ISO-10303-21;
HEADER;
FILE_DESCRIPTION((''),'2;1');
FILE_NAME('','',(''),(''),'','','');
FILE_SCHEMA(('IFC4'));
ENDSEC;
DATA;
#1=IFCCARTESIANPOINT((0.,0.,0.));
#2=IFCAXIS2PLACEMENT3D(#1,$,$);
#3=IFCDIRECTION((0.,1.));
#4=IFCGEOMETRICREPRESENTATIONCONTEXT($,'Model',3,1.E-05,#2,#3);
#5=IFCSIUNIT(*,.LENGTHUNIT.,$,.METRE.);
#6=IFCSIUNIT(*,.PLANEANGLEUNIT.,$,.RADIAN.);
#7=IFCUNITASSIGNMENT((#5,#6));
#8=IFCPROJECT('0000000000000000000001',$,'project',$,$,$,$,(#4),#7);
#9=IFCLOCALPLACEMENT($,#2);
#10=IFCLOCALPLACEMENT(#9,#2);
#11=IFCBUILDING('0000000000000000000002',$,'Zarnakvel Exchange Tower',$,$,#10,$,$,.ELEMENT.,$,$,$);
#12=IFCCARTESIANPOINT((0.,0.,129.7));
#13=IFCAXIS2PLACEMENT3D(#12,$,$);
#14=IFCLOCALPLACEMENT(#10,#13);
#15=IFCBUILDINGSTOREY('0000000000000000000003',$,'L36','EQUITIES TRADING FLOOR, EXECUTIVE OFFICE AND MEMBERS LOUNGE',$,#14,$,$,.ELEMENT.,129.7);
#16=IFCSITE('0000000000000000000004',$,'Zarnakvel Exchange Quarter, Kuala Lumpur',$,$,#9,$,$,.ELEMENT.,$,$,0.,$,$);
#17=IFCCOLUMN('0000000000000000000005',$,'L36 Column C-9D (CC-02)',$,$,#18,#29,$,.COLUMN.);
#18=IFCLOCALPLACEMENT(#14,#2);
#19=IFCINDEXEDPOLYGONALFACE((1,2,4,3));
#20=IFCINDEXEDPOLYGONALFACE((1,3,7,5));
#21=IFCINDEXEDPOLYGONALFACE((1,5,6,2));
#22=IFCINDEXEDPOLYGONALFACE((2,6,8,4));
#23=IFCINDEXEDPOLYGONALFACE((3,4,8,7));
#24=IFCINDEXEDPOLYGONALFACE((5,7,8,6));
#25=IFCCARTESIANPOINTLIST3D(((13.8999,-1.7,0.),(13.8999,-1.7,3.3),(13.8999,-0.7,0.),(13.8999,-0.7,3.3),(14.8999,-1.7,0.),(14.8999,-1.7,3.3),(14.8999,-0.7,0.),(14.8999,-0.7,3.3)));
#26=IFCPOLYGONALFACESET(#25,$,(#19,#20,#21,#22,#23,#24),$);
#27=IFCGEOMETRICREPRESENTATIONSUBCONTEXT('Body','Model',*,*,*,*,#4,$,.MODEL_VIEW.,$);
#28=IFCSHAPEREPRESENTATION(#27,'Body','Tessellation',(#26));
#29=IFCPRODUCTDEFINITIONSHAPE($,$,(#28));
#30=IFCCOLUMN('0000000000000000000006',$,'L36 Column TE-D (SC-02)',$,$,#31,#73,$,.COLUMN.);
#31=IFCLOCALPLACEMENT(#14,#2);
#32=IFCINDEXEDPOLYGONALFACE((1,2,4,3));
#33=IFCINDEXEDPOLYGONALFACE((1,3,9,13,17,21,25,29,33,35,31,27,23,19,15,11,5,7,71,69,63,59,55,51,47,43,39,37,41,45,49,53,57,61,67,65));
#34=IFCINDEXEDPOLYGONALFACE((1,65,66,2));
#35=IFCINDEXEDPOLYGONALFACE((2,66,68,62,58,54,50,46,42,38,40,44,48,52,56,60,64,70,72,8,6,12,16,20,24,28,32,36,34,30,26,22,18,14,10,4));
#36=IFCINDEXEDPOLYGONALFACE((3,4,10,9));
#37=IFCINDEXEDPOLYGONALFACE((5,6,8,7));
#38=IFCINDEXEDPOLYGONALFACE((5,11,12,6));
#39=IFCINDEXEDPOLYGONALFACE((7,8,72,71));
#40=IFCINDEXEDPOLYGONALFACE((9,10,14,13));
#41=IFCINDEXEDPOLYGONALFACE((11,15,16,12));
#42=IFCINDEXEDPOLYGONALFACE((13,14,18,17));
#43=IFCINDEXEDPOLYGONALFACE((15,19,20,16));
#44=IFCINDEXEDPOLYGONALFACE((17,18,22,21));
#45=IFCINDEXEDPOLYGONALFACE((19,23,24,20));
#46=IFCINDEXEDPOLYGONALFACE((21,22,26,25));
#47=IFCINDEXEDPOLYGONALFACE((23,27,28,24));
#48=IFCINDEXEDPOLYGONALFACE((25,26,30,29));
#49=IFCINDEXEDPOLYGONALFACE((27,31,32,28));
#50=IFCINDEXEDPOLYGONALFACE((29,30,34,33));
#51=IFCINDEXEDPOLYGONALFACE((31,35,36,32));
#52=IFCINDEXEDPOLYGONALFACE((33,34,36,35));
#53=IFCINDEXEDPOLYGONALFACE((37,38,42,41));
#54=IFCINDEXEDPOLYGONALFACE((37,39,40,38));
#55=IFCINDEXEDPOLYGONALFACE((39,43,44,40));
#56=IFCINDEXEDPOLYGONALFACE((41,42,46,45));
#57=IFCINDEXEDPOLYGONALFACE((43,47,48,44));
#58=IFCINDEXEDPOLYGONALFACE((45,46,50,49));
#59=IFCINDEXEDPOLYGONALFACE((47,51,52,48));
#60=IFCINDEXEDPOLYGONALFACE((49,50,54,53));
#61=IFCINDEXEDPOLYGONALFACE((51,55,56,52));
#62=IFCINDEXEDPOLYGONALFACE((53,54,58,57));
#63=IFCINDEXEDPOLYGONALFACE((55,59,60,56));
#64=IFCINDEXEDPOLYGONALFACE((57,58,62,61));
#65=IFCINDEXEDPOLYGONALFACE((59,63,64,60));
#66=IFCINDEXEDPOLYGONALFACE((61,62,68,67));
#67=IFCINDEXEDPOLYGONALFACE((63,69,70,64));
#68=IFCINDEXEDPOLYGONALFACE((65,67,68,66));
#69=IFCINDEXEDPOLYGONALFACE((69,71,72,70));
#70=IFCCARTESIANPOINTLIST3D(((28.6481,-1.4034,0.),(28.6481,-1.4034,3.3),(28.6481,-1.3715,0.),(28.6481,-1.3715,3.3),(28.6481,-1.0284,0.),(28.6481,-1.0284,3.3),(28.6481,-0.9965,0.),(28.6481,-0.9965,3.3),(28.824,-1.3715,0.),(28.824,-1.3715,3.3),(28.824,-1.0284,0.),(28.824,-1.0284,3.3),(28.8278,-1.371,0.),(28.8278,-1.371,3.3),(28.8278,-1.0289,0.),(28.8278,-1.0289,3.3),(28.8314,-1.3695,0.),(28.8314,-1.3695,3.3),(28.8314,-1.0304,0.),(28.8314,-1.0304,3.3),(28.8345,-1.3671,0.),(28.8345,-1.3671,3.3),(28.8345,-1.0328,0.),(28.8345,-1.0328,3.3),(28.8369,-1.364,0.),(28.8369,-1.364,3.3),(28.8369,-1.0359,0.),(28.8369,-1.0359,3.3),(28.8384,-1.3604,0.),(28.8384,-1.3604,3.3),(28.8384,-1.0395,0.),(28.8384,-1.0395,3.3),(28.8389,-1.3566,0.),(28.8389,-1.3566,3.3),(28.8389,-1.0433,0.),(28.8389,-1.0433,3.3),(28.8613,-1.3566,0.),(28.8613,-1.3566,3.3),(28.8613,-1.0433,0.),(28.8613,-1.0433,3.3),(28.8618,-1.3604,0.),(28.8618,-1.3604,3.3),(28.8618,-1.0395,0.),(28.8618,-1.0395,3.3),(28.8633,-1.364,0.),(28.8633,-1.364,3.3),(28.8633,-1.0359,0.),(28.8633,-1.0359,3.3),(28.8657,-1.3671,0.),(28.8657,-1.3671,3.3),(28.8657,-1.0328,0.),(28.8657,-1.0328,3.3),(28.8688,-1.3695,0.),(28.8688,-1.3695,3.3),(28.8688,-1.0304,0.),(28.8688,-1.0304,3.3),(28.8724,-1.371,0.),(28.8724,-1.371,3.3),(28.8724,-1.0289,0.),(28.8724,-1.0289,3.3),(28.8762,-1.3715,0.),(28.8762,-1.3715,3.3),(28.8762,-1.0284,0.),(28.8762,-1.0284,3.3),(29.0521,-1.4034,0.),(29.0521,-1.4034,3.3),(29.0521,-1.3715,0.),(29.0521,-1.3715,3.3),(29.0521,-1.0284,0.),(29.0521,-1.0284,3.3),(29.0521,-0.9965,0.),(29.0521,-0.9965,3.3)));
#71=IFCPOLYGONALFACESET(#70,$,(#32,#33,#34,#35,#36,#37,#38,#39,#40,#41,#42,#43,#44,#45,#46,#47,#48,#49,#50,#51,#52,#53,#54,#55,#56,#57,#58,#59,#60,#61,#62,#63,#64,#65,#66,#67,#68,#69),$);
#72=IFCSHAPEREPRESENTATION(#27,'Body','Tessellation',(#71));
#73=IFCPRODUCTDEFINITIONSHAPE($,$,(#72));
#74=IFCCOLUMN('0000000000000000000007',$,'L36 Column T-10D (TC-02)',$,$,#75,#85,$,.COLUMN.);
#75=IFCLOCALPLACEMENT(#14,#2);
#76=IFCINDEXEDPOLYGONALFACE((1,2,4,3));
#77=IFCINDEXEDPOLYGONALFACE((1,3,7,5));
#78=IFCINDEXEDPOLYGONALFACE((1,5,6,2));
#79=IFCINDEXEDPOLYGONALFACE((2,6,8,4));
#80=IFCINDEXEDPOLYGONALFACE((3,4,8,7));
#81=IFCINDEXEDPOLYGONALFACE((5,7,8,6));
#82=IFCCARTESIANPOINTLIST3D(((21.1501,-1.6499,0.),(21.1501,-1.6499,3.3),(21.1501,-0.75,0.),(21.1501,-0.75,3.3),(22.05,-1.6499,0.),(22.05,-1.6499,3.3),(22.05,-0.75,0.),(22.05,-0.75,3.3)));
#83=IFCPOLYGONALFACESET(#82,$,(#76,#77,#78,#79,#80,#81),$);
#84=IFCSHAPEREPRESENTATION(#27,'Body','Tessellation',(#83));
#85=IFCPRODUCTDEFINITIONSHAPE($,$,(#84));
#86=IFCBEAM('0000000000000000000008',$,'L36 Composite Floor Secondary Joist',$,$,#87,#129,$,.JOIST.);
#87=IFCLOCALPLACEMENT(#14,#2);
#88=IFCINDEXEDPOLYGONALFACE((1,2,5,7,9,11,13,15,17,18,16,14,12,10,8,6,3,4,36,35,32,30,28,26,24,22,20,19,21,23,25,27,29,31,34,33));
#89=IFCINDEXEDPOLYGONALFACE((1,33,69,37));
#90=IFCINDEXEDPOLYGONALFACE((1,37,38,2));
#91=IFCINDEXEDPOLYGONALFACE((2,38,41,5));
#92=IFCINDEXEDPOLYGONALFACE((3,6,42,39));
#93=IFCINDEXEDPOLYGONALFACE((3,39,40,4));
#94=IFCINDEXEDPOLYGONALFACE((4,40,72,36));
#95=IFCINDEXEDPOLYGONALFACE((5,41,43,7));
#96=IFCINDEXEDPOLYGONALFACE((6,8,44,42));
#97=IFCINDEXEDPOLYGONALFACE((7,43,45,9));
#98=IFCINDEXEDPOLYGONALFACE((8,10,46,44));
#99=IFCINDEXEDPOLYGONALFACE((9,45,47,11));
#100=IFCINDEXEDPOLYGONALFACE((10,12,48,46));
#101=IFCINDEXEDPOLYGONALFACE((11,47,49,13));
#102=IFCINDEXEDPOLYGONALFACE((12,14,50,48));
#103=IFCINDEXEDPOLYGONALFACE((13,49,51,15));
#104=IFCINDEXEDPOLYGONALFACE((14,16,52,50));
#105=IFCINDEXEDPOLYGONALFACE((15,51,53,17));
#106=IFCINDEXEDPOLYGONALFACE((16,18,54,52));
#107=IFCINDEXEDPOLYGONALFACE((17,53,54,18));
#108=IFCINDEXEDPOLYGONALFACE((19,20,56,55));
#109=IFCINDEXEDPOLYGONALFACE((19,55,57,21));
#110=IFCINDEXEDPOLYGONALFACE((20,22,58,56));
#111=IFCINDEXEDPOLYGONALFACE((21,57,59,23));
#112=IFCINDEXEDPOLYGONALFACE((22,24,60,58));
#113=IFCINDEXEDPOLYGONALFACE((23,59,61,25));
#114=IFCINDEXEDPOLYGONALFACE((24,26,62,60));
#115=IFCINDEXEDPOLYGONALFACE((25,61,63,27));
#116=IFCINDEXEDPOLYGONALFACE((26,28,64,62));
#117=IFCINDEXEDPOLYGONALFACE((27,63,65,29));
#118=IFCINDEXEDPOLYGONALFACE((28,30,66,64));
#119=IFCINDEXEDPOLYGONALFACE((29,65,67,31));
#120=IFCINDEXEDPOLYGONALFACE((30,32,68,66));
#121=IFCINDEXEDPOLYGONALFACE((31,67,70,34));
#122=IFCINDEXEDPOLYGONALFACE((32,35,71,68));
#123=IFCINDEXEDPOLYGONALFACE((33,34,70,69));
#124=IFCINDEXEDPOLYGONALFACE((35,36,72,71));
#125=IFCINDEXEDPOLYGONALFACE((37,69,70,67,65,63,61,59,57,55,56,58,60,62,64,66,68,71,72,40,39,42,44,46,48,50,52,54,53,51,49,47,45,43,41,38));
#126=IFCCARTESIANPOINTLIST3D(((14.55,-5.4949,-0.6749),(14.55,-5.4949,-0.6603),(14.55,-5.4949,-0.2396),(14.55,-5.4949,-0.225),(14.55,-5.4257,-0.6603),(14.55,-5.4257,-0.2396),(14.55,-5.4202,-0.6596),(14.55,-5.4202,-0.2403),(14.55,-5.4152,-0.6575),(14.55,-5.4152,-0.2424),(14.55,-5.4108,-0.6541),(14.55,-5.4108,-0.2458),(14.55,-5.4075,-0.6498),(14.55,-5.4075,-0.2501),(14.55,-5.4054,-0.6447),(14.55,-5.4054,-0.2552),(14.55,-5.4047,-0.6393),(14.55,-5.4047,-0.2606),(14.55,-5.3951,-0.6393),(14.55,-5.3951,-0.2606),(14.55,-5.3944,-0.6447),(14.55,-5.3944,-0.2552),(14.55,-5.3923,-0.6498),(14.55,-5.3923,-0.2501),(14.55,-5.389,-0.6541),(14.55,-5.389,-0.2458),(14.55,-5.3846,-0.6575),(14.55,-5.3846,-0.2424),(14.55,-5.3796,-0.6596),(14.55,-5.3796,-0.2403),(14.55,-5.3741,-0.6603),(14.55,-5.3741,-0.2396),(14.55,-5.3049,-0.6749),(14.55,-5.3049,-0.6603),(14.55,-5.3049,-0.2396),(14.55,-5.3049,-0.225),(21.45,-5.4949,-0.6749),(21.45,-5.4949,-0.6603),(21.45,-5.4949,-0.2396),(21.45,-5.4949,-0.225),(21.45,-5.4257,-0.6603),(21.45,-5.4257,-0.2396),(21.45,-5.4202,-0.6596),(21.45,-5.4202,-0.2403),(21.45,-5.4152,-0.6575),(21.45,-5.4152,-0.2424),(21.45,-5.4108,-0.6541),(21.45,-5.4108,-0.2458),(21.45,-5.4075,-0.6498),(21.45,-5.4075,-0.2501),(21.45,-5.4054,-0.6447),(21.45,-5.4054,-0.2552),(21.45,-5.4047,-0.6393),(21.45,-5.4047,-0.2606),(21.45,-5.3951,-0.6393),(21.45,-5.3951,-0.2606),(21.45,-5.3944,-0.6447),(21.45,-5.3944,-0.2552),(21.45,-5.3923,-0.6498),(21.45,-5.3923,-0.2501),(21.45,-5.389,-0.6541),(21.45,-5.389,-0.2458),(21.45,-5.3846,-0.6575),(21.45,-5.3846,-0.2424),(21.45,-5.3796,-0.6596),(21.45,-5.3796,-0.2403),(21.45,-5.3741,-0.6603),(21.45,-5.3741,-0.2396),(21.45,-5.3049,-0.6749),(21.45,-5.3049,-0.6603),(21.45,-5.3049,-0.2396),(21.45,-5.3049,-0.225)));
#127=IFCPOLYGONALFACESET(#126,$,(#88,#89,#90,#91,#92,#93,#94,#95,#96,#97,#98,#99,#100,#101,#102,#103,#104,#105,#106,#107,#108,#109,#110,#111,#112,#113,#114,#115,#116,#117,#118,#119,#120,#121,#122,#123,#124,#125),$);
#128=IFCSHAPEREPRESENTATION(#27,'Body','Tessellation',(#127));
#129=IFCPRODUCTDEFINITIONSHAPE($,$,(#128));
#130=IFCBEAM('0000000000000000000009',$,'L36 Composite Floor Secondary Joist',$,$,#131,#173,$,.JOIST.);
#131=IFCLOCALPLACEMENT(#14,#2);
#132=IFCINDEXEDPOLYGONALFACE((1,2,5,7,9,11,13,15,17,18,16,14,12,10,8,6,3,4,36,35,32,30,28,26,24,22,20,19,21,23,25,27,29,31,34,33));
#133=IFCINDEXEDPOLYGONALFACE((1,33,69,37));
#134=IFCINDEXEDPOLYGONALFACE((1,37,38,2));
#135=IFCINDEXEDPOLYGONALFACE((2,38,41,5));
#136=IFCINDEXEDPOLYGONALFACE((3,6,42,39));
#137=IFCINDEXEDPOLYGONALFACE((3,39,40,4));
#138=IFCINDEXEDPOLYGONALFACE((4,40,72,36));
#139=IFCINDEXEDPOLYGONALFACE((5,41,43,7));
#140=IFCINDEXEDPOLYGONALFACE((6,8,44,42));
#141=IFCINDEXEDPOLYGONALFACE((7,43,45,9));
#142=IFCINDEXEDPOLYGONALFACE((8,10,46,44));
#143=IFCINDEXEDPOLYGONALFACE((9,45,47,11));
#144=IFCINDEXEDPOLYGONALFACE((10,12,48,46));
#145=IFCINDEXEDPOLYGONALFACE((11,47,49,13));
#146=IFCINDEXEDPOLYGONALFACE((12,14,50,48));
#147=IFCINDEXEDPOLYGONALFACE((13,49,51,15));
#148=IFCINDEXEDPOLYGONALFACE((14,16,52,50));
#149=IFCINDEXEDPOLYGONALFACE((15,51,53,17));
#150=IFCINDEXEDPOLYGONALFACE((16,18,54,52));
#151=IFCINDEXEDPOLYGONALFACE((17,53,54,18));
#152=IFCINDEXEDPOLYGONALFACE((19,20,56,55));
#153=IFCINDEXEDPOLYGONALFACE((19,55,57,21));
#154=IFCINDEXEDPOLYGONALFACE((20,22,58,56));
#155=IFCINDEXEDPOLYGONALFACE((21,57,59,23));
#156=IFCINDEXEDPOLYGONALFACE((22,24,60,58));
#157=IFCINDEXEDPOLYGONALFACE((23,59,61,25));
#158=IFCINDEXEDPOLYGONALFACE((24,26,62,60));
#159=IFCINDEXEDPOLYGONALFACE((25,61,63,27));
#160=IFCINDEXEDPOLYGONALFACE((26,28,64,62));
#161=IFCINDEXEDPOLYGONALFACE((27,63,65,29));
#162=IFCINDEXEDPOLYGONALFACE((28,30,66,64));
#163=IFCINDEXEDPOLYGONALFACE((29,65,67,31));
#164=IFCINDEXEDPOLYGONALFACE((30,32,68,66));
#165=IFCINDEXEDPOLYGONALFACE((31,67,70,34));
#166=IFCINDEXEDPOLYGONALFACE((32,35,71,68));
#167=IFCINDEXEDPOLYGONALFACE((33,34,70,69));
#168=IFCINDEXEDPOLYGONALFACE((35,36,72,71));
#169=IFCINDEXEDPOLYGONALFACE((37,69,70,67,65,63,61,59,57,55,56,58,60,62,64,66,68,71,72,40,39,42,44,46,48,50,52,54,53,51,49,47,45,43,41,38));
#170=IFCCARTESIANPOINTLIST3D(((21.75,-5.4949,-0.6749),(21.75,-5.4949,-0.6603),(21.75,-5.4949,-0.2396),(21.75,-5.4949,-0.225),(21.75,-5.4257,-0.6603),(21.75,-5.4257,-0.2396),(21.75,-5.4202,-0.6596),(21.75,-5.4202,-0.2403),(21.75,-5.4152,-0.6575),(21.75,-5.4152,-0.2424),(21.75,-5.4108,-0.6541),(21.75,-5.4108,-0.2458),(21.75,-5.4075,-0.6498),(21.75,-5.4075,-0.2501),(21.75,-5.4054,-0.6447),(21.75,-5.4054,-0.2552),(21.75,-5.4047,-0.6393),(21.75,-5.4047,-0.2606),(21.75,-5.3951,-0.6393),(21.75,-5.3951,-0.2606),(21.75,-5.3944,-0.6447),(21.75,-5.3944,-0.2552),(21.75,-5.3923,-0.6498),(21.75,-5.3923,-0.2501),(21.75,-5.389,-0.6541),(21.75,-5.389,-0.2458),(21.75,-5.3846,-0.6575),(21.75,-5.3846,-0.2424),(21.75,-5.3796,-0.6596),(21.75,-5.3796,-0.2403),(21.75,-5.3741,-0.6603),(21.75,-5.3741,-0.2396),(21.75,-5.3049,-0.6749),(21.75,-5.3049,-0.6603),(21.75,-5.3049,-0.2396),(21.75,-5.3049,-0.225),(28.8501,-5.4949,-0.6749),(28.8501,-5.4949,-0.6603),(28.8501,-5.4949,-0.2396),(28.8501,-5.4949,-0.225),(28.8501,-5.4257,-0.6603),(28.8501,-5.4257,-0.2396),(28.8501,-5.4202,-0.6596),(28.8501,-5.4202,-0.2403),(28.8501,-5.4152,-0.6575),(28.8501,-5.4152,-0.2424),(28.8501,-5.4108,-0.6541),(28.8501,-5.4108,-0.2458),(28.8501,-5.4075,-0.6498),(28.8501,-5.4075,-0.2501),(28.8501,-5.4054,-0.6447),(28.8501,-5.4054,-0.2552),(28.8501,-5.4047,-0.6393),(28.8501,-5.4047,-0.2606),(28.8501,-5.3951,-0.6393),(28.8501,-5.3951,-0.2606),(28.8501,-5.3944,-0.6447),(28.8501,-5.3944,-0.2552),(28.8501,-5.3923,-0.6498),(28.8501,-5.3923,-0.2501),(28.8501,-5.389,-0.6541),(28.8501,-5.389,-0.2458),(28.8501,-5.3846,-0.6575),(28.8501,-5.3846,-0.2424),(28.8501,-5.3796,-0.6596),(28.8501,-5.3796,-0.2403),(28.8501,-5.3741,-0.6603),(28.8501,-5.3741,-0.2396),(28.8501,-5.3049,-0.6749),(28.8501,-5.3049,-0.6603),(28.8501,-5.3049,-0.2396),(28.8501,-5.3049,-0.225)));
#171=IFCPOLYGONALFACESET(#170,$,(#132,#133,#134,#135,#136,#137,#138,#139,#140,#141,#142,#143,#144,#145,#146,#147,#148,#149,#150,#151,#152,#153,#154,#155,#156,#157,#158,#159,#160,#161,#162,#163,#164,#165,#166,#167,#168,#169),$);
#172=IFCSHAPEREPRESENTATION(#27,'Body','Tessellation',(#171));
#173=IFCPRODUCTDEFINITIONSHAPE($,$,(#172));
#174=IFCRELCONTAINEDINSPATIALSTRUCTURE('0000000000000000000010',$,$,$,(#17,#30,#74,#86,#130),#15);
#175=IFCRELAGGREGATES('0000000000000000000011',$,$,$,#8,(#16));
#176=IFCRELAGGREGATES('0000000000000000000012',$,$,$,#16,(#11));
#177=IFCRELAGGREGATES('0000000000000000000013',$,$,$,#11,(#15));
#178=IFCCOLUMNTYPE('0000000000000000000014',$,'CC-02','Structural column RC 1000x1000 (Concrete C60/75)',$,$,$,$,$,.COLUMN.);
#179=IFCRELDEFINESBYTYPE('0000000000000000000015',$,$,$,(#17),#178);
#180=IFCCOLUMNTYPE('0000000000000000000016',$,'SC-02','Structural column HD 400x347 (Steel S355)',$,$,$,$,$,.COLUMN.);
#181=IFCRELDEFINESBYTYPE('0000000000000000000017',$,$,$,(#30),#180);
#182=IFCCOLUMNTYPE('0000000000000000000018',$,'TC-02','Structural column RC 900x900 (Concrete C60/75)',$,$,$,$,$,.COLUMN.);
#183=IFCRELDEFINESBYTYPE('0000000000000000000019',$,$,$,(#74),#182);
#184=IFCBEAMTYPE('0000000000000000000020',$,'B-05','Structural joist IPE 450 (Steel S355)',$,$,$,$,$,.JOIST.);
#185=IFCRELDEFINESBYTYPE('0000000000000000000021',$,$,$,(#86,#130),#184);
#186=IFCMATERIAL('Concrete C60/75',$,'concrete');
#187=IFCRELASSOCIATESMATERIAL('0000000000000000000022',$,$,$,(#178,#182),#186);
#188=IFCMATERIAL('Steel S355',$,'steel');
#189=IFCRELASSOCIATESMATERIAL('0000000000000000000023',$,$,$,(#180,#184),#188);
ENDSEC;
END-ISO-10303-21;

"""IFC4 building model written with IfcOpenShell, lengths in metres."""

from ifc_helpers import new_model, si_unit, direction, frame, origin, origin_2d, place, context, subcontext, project, spatial, rectangle, i_section, extrude, material, material_profile, profile_set, type_object, element, save


model = new_model("IFC4")

# Units and contexts
model_context = context("Model", 3, precision=1e-05, world=origin(), true_north=direction((0.0, 1.0)))
body_context = subcontext(model_context, "Body", "Model", "MODEL_VIEW")
ifc_project = project(units=[si_unit("LENGTHUNIT", "METRE"), si_unit("PLANEANGLEUNIT", "RADIAN")], contexts=[model_context])

# Site, building, storey
site_placement = place(None, origin())
site = spatial("IfcSite", under=ifc_project, at=site_placement, Name="Zarnakvel Exchange Quarter, Kuala Lumpur", CompositionType="ELEMENT", RefElevation=0.0)
building_placement = place(site_placement, origin())
building = spatial("IfcBuilding", under=site, at=building_placement, Name="Zarnakvel Exchange Tower", CompositionType="ELEMENT")
storey_placement = place(building_placement, frame((0.0, 0.0, 129.7)))
storey = spatial("IfcBuildingStorey", under=building, at=storey_placement, Name="L36", Description="EQUITIES TRADING FLOOR, EXECUTIVE OFFICE AND MEMBERS LOUNGE", CompositionType="ELEMENT", Elevation=129.7)

# Columns
ifc_material_1 = material(Name="Concrete C60/75", Category="concrete")
ifc_material_profile_1 = material_profile(ifc_material_1, rectangle(XDim=1.0, YDim=1.0, at=origin_2d()))
ifc_profile_set_1 = profile_set([ifc_material_profile_1], Name="Concrete C60/75")
column_type_1 = type_object("IfcColumnType", Name="CC-02", Description="Structural column RC 1000x1000 (Concrete C60/75)", PredefinedType="COLUMN", material=ifc_profile_set_1)
column_1_placement = place(storey_placement, frame((14.3999, -1.2, 0.0), z_axis=(0.0, 0.0, 1.0), x_axis=(1.0, 0.0, 0.0)))
element("IfcColumn", 1, at=column_1_placement, inside=storey, type_object=column_type_1, Name="L36 Column C-9D (CC-02)", PredefinedType="COLUMN", context=body_context, shape_type="SweptSolid", body=[
    extrude(rectangle(XDim=1.0, YDim=1.0, at=origin_2d()), origin(), (0.0, 0.0, 1.0), 3.3),
])
ifc_material_2 = material(Name="Steel S355", Category="steel")
ifc_material_profile_2 = material_profile(ifc_material_2, i_section(OverallWidth=0.4041, OverallDepth=0.407, WebThickness=0.0225, FlangeThickness=0.032, FilletRadius=0.0149, at=origin_2d()))
ifc_profile_set_2 = profile_set([ifc_material_profile_2], Name="Steel S355")
column_type_2 = type_object("IfcColumnType", Name="SC-02", Description="Structural column HD 400x347 (Steel S355)", PredefinedType="COLUMN", material=ifc_profile_set_2)
column_2_placement = place(storey_placement, frame((28.8501, -1.2, 0.0), z_axis=(0.0, 0.0, 1.0), x_axis=(1.0, 0.0, 0.0)))
element("IfcColumn", 2, at=column_2_placement, inside=storey, type_object=column_type_2, Name="L36 Column TE-D (SC-02)", PredefinedType="COLUMN", context=body_context, shape_type="SweptSolid", body=[
    extrude(i_section(OverallWidth=0.4041, OverallDepth=0.407, WebThickness=0.0225, FlangeThickness=0.032, FilletRadius=0.0149, at=origin_2d()), origin(), (0.0, 0.0, 1.0), 3.3),
])
ifc_material_profile_3 = material_profile(ifc_material_1, rectangle(XDim=0.8999, YDim=0.8999, at=origin_2d()))
ifc_profile_set_3 = profile_set([ifc_material_profile_3], Name="Concrete C60/75")
column_type_3 = type_object("IfcColumnType", Name="TC-02", Description="Structural column RC 900x900 (Concrete C60/75)", PredefinedType="COLUMN", material=ifc_profile_set_3)
column_3_placement = place(storey_placement, frame((21.6001, -1.2, 0.0), z_axis=(0.0, 0.0, 1.0), x_axis=(1.0, 0.0, 0.0)))
element("IfcColumn", 3, at=column_3_placement, inside=storey, type_object=column_type_3, Name="L36 Column T-10D (TC-02)", PredefinedType="COLUMN", context=body_context, shape_type="SweptSolid", body=[
    extrude(rectangle(XDim=0.8999, YDim=0.8999, at=origin_2d()), origin(), (0.0, 0.0, 1.0), 3.3),
])

# Beams
ifc_material_profile_4 = material_profile(ifc_material_2, i_section(OverallWidth=0.1899, OverallDepth=0.45, WebThickness=0.0095, FlangeThickness=0.0146, FilletRadius=0.021, at=origin_2d()))
ifc_profile_set_4 = profile_set([ifc_material_profile_4], Name="Steel S355")
beam_type_1 = type_object("IfcBeamType", Name="B-05", Description="Structural joist IPE 450 (Steel S355)", PredefinedType="JOIST", material=ifc_profile_set_4)
beam_1_placement = place(storey_placement, frame((14.55, -5.3999, -0.45), z_axis=(1.0, 0.0, 0.0), x_axis=(0.0, 1.0, 0.0)))
element("IfcBeam", 4, at=beam_1_placement, inside=storey, type_object=beam_type_1, Name="L36 Composite Floor Secondary Joist", PredefinedType="JOIST", context=body_context, shape_type="SweptSolid", body=[
    extrude(i_section(OverallWidth=0.1899, OverallDepth=0.45, WebThickness=0.0095, FlangeThickness=0.0146, FilletRadius=0.021, at=origin_2d()), origin(), (0.0, 0.0, 1.0), 6.8999),
])
beam_2_placement = place(storey_placement, frame((21.75, -5.3999, -0.45), z_axis=(1.0, 0.0, 0.0), x_axis=(0.0, 1.0, 0.0)))
element("IfcBeam", 5, at=beam_2_placement, inside=storey, type_object=beam_type_1, Name="L36 Composite Floor Secondary Joist", PredefinedType="JOIST", context=body_context, shape_type="SweptSolid", body=[
    extrude(i_section(OverallWidth=0.1899, OverallDepth=0.45, WebThickness=0.0095, FlangeThickness=0.0146, FilletRadius=0.021, at=origin_2d()), origin(), (0.0, 0.0, 1.0), 7.1001),
])

save(model, "model.ifc")
